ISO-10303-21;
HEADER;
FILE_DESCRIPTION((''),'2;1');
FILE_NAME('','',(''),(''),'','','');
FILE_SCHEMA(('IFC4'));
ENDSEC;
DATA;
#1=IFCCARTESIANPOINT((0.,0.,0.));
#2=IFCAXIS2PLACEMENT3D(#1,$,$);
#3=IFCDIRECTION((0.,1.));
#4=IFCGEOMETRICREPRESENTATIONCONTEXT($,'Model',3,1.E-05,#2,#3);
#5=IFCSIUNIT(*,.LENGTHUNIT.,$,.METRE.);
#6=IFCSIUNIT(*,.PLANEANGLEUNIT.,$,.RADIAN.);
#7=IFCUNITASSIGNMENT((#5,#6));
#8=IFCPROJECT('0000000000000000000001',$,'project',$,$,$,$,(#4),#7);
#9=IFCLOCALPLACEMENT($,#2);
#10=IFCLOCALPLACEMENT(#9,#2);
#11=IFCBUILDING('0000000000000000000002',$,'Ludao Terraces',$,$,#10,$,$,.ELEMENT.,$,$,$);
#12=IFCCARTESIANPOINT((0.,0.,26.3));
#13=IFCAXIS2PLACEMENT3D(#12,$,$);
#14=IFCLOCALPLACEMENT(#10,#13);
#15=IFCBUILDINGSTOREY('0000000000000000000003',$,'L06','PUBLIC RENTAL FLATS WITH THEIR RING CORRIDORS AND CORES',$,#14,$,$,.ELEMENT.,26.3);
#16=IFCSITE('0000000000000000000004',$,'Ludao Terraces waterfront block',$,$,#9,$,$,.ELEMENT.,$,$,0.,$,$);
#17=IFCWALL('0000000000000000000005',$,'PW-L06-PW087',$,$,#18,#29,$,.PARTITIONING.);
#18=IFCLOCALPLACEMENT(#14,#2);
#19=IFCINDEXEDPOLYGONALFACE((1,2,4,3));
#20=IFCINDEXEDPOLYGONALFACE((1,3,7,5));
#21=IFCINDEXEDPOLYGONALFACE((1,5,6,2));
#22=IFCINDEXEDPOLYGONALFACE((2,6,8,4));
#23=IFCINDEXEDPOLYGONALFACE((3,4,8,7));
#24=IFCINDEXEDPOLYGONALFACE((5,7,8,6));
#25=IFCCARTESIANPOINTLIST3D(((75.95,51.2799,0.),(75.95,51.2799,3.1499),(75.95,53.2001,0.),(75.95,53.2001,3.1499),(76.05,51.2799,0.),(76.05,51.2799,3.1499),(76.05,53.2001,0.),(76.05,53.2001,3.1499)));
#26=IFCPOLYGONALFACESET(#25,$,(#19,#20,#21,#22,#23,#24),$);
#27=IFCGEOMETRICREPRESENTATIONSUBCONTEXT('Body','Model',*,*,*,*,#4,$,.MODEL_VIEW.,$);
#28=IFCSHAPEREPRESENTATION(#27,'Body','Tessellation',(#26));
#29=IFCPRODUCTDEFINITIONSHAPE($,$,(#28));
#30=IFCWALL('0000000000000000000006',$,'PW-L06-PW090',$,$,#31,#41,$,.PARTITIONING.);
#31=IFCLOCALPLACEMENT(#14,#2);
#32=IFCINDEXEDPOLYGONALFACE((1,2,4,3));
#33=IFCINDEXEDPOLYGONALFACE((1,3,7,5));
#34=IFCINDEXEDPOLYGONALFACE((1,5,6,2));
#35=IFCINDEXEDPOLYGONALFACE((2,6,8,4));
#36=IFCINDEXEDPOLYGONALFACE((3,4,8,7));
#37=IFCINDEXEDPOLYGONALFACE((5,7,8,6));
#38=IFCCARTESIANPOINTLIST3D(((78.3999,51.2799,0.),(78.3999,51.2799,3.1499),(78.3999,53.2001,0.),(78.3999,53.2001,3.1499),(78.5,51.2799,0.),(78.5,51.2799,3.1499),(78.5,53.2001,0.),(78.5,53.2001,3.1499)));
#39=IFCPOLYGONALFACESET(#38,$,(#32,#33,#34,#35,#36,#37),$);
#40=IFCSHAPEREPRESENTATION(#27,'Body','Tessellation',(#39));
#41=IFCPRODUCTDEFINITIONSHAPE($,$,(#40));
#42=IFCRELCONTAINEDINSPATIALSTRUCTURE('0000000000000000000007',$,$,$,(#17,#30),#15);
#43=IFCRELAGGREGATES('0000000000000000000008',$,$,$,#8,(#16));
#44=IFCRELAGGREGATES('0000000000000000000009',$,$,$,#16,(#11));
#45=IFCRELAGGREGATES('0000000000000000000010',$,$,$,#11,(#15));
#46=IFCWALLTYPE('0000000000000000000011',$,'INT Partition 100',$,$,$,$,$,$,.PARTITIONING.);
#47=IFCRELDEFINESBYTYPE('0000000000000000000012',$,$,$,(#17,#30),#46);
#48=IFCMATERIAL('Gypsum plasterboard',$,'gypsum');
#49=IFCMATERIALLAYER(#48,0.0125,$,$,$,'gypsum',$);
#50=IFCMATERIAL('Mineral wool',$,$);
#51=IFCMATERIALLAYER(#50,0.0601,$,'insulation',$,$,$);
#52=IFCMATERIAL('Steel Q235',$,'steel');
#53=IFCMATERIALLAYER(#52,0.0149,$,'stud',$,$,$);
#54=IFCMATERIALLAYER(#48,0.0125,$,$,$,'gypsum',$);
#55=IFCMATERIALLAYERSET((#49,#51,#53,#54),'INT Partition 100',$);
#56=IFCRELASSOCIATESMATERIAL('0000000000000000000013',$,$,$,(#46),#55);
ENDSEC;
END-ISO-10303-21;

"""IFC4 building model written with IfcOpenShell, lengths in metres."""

from ifc_helpers import new_model, si_unit, direction, frame, frame_2d, origin, place, context, subcontext, project, spatial, rectangle, extrude, material, layer, layer_set, type_object, element, save


model = new_model("IFC4")

# Units and contexts
model_context = context("Model", 3, precision=1e-05, world=origin(), true_north=direction((0.0, 1.0)))
body_context = subcontext(model_context, "Body", "Model", "MODEL_VIEW")
ifc_project = project(units=[si_unit("LENGTHUNIT", "METRE"), si_unit("PLANEANGLEUNIT", "RADIAN")], contexts=[model_context])

# Site, building, storey
site_placement = place(None, origin())
site = spatial("IfcSite", under=ifc_project, at=site_placement, Name="Ludao Terraces waterfront block", CompositionType="ELEMENT", RefElevation=0.0)
building_placement = place(site_placement, origin())
building = spatial("IfcBuilding", under=site, at=building_placement, Name="Ludao Terraces", CompositionType="ELEMENT")
storey_placement = place(building_placement, frame((0.0, 0.0, 26.3)))
storey = spatial("IfcBuildingStorey", under=building, at=storey_placement, Name="L06", Description="PUBLIC RENTAL FLATS WITH THEIR RING CORRIDORS AND CORES", CompositionType="ELEMENT", Elevation=26.3)

# Shared definitions
ifc_material_1 = material(Name="Gypsum plasterboard", Category="gypsum")
ifc_layer_1 = layer(ifc_material_1, 0.0125, Category="gypsum")
ifc_material_2 = material(Name="Mineral wool")
ifc_layer_2 = layer(ifc_material_2, 0.0601, Name="insulation")
ifc_material_3 = material(Name="Steel Q235", Category="steel")
ifc_layer_3 = layer(ifc_material_3, 0.0149, Name="stud")
ifc_layer_4 = layer(ifc_material_1, 0.0125, Category="gypsum")
ifc_layer_set = layer_set([ifc_layer_1, ifc_layer_2, ifc_layer_3, ifc_layer_4], Name="INT Partition 100")
wall_type = type_object("IfcWallType", Name="INT Partition 100", PredefinedType="PARTITIONING", material=ifc_layer_set)

# Walls
for number, where, z_axis, x_axis, name in (
    (1, (76.0, 51.28, 0.0), (0.0, 0.0, 1.0), (0.0, 1.0, 0.0), "PW-L06-PW087"),
    (2, (78.45, 51.28, 0.0), (0.0, 0.0, 1.0), (0.0, 1.0, 0.0), "PW-L06-PW090"),
):
    element("IfcWall", number, at=place(storey_placement, frame(where, z_axis=z_axis, x_axis=x_axis)), inside=storey, type_object=wall_type, Name=name, PredefinedType="PARTITIONING", context=body_context, shape_type="SweptSolid", body=[
        extrude(rectangle(XDim=1.9202, YDim=0.1001, at=frame_2d((0.96, 0.0))), origin(), (0.0, 0.0, 1.0), 3.1499),
    ])

save(model, "model.ifc")
